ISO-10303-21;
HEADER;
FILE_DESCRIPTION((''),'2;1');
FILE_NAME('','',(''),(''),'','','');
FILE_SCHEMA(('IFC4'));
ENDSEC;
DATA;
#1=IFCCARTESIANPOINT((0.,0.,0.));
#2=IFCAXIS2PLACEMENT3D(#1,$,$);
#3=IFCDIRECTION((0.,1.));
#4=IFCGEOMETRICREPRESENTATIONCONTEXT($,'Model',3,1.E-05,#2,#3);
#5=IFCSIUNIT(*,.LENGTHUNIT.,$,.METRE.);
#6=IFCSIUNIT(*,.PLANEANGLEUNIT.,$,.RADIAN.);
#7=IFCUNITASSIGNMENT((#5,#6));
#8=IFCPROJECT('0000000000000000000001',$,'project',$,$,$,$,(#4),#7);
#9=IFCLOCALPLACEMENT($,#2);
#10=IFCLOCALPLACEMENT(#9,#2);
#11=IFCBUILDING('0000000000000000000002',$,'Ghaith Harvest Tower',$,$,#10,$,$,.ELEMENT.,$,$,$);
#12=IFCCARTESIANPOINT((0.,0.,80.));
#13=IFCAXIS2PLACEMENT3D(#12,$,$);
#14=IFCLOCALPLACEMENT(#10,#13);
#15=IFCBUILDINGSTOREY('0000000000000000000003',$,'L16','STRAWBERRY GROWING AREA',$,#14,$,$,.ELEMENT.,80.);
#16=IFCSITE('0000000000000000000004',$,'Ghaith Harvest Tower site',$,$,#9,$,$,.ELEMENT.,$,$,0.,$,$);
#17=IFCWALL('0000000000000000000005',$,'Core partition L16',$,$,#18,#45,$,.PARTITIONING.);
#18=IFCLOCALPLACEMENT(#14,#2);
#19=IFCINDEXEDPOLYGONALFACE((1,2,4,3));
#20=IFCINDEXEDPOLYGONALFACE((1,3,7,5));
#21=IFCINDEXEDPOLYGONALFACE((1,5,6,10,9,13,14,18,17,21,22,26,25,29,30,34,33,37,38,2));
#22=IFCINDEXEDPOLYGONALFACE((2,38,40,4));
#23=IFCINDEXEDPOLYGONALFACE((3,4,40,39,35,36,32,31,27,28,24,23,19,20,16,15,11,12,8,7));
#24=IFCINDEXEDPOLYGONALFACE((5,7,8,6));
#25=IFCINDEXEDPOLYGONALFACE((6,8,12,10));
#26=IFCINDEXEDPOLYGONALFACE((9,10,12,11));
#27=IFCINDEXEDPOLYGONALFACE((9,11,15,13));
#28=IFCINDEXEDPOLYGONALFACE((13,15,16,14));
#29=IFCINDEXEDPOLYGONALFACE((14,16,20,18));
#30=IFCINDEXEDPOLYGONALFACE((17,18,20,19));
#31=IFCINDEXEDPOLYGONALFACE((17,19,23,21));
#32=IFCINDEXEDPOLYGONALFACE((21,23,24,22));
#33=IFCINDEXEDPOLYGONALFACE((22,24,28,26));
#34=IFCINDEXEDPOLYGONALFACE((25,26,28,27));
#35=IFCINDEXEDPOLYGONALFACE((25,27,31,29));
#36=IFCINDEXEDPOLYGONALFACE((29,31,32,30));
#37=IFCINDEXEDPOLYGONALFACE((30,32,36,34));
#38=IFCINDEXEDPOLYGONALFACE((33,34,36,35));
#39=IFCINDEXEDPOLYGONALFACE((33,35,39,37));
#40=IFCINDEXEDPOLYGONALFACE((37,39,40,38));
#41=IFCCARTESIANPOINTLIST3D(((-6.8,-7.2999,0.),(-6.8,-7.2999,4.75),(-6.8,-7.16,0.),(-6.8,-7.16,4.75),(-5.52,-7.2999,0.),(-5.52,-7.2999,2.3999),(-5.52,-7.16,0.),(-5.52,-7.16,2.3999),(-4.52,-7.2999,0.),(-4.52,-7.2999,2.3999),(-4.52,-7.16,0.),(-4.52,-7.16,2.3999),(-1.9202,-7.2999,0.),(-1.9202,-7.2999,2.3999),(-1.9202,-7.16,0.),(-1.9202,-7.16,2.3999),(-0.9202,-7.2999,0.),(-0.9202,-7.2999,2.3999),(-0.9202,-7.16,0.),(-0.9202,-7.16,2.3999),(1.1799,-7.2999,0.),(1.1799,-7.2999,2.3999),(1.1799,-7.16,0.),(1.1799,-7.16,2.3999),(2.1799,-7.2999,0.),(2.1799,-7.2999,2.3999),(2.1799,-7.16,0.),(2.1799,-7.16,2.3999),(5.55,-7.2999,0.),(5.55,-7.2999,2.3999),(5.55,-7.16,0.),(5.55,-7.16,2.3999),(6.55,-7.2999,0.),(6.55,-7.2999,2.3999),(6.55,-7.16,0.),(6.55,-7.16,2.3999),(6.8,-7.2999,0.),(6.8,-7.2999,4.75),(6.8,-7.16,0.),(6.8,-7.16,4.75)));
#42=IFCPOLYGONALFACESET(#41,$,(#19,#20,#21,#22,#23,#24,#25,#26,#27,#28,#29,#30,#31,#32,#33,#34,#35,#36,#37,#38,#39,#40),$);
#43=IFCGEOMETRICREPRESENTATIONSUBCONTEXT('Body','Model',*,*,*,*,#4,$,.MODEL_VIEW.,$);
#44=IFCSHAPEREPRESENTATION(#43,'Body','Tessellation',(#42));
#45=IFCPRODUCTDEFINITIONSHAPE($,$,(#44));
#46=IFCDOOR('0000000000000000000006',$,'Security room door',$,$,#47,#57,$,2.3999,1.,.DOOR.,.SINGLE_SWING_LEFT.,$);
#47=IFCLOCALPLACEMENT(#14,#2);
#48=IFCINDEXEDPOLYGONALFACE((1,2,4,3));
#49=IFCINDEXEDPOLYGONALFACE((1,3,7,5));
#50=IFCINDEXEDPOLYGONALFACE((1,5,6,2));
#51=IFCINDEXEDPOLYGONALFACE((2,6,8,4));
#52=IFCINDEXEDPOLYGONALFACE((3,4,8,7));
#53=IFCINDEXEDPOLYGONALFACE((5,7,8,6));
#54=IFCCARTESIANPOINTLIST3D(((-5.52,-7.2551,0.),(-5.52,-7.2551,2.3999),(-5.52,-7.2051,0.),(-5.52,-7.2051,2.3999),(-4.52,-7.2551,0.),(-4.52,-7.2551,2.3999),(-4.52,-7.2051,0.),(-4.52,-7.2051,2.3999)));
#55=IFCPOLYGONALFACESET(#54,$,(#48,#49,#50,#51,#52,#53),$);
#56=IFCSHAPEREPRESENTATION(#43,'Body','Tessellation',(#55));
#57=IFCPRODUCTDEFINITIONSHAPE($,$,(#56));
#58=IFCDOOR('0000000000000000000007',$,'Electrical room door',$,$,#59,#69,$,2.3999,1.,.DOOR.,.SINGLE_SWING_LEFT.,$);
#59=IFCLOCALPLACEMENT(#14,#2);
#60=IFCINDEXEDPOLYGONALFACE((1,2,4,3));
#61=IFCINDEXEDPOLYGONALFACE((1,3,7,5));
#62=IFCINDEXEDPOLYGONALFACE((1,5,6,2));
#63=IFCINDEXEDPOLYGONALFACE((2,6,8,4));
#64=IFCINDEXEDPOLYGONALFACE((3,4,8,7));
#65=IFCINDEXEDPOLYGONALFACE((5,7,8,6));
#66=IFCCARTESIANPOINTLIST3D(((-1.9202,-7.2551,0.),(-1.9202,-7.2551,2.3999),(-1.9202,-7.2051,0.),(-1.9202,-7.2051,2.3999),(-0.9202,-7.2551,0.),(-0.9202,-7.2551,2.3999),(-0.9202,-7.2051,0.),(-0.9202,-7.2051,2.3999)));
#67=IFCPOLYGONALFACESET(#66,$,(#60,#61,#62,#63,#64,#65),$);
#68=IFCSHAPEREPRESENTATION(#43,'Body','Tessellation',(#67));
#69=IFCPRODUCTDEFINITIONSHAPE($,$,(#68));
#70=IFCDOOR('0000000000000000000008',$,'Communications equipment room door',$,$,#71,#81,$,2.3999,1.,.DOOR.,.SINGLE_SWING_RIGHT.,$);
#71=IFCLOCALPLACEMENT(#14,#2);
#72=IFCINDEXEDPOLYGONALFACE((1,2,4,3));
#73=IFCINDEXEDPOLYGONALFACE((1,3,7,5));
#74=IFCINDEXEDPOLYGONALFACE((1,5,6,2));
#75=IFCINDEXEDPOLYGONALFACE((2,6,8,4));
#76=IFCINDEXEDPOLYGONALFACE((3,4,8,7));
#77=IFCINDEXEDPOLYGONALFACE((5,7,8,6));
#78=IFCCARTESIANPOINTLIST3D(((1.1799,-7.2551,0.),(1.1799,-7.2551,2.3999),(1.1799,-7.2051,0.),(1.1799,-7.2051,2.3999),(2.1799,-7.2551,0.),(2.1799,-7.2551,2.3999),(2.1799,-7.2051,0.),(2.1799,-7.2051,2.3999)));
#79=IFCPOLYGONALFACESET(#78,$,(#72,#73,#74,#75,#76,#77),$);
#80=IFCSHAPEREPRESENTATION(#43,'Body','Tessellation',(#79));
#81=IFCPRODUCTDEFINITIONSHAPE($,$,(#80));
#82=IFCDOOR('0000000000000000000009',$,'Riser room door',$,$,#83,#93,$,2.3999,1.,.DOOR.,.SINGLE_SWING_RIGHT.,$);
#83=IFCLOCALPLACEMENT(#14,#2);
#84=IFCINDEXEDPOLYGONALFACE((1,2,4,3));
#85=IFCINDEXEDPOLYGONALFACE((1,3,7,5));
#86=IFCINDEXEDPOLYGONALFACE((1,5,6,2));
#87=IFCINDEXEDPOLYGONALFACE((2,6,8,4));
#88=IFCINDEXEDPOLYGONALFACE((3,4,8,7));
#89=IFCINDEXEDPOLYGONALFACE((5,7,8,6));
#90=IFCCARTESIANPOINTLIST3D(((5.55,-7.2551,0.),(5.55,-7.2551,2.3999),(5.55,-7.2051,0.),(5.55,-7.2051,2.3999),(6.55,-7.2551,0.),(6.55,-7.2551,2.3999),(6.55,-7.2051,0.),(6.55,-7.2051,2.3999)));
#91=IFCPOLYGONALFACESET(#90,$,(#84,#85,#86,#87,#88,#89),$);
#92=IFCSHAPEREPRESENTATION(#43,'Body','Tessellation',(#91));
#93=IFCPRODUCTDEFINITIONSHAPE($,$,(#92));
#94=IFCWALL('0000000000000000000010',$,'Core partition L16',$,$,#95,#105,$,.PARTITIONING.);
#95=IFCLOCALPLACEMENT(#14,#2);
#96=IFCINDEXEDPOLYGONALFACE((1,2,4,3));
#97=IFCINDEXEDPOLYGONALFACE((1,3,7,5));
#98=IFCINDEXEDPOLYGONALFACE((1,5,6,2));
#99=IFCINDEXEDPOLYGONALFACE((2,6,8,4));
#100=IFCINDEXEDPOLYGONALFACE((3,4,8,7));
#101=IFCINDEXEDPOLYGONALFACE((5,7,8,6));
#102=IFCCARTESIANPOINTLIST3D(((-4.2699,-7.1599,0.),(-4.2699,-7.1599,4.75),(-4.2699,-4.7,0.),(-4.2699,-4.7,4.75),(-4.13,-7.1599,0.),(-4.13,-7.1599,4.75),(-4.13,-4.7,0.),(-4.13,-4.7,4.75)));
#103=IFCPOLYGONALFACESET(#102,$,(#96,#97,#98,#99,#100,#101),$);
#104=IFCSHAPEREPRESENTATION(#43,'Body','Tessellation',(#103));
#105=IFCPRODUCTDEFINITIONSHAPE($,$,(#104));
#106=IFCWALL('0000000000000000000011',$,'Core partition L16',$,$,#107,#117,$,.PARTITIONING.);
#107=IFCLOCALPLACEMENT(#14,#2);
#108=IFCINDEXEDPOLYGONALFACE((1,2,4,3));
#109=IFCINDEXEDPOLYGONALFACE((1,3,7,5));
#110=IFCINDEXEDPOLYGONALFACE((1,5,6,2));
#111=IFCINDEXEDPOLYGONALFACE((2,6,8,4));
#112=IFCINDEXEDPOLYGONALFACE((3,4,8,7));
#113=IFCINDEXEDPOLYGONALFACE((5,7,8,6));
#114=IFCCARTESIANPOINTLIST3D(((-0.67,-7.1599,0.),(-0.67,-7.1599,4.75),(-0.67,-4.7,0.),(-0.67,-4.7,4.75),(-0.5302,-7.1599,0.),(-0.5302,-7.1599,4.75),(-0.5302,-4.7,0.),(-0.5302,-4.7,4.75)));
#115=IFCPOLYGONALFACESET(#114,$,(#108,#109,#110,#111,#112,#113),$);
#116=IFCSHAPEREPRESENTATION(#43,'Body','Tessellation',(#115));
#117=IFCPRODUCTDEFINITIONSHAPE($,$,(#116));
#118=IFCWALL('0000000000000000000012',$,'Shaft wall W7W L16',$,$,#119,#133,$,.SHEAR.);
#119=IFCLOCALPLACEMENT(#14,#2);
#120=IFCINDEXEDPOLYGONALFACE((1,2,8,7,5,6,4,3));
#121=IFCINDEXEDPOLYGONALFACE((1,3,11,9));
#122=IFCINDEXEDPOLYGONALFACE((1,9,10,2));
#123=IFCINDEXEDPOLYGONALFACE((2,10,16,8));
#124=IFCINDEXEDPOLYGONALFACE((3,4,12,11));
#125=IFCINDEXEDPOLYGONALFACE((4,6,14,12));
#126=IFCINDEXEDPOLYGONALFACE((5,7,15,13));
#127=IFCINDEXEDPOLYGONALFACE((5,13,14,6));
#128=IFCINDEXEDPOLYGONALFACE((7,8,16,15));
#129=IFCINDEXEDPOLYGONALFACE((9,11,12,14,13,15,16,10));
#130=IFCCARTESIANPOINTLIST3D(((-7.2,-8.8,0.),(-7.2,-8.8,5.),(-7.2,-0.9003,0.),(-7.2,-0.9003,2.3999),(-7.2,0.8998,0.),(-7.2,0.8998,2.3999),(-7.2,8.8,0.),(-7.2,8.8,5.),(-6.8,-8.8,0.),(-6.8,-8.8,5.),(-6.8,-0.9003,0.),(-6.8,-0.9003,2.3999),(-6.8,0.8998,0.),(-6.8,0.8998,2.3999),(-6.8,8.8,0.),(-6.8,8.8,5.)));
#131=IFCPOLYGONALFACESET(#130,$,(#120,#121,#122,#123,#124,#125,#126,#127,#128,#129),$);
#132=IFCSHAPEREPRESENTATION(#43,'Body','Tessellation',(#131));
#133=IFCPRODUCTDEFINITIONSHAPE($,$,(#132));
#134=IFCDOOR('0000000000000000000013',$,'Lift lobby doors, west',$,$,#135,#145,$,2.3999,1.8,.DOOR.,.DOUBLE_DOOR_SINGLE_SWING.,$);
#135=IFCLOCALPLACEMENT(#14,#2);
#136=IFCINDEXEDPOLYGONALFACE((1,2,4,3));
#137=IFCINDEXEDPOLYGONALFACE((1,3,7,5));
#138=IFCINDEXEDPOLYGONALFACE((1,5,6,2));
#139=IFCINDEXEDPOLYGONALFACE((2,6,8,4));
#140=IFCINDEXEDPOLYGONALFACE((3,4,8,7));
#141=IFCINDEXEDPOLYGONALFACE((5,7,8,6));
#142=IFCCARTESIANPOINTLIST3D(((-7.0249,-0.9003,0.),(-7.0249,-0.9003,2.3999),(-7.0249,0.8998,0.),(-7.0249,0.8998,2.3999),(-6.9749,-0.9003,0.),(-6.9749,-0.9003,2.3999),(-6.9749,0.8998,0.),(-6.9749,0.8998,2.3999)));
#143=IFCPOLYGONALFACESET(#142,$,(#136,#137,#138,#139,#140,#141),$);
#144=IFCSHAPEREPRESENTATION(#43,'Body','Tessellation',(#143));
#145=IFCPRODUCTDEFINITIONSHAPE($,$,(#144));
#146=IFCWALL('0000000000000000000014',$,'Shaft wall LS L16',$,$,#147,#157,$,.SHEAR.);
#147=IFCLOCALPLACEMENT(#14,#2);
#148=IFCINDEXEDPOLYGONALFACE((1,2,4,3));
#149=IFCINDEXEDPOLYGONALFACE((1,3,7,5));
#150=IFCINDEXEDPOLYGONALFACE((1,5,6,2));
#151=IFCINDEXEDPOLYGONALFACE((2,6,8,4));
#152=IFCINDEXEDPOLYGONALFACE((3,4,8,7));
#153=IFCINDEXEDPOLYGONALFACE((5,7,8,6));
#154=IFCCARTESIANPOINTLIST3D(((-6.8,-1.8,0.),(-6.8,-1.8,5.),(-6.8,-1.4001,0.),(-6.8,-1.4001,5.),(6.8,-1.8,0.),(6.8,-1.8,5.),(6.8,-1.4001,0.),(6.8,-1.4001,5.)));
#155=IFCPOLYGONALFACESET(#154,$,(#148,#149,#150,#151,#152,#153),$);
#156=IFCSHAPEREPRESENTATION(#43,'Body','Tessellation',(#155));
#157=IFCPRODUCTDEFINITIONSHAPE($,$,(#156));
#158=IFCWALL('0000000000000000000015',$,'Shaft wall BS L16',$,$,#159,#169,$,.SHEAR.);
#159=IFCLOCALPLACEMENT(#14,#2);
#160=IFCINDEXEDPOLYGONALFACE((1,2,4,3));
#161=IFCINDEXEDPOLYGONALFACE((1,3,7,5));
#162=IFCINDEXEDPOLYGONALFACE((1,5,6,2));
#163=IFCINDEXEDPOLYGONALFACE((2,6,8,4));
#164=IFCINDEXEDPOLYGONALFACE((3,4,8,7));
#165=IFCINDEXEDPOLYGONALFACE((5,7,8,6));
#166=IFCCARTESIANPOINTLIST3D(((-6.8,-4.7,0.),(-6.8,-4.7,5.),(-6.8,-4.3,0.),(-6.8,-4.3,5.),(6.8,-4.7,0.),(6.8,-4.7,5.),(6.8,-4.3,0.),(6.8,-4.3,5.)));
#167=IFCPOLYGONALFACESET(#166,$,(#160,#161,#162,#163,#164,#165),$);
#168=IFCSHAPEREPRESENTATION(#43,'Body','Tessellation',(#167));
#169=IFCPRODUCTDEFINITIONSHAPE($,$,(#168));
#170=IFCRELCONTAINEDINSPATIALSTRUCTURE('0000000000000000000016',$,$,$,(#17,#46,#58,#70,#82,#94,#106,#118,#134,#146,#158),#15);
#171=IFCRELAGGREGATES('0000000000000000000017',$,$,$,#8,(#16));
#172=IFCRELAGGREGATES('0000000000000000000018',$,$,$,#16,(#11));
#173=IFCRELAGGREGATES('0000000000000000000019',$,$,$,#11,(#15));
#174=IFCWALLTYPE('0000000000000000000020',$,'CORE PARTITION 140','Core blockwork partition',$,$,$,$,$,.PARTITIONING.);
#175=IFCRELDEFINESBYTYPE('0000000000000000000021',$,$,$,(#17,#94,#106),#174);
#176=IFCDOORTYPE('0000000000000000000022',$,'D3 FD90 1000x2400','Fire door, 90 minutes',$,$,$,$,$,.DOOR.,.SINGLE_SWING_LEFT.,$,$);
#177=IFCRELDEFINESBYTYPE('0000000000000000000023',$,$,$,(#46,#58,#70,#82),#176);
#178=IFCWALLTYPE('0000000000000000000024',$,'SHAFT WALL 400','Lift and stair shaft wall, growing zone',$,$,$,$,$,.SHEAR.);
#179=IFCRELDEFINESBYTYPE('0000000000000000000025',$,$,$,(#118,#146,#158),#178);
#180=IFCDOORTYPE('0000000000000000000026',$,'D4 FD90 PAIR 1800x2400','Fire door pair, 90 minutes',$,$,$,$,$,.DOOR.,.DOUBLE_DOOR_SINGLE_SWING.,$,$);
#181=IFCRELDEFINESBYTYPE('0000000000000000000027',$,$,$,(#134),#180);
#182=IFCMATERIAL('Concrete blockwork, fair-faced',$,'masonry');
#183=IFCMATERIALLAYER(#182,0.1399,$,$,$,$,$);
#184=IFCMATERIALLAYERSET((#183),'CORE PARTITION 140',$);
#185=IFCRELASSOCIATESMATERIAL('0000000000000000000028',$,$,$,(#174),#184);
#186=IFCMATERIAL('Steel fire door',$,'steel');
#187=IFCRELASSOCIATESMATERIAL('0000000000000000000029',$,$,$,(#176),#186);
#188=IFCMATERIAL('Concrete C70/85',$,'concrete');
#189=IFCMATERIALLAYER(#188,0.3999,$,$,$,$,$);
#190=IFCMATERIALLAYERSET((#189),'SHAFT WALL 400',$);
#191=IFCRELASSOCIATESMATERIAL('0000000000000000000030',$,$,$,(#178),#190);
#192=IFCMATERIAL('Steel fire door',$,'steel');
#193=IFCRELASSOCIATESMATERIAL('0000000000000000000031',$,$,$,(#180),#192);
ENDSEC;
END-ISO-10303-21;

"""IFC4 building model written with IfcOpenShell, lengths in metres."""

from ifc_helpers import new_model, si_unit, direction, frame, frame_2d, origin, place, context, subcontext, project, spatial, rectangle, extrude, material, layer, layer_set, type_object, element, fill, save


model = new_model("IFC4")

# Units and contexts
model_context = context("Model", 3, precision=1e-05, world=origin(), true_north=direction((0.0, 1.0)))
body_context = subcontext(model_context, "Body", "Model", "MODEL_VIEW")
ifc_project = project(units=[si_unit("LENGTHUNIT", "METRE"), si_unit("PLANEANGLEUNIT", "RADIAN")], contexts=[model_context])

# Site, building, storey
site_placement = place(None, origin())
site = spatial("IfcSite", under=ifc_project, at=site_placement, Name="Ghaith Harvest Tower site", CompositionType="ELEMENT", RefElevation=0.0)
building_placement = place(site_placement, origin())
building = spatial("IfcBuilding", under=site, at=building_placement, Name="Ghaith Harvest Tower", CompositionType="ELEMENT")
storey_placement = place(building_placement, frame((0.0, 0.0, 80.0)))
storey = spatial("IfcBuildingStorey", under=building, at=storey_placement, Name="L16", Description="STRAWBERRY GROWING AREA", CompositionType="ELEMENT", Elevation=80.0)

# Wall, openings, doors
ifc_material_1 = material(Name="Concrete blockwork, fair-faced", Category="masonry")
ifc_layer_1 = layer(ifc_material_1, 0.1399)
ifc_layer_set_1 = layer_set([ifc_layer_1], Name="CORE PARTITION 140")
wall_type_1 = type_object("IfcWallType", Name="CORE PARTITION 140", Description="Core blockwork partition", PredefinedType="PARTITIONING", material=ifc_layer_set_1)
wall_1_placement = place(storey_placement, frame((-6.8, -7.23, 0.0), z_axis=(0.0, 0.0, 1.0), x_axis=(1.0, 0.0, 0.0)))
wall_1 = element("IfcWall", 1, at=wall_1_placement, inside=storey, type_object=wall_type_1, Name="Core partition L16", PredefinedType="PARTITIONING", context=body_context, shape_type="SweptSolid", body=[
    extrude(rectangle(XDim=13.6001, YDim=0.1399, at=frame_2d((6.8, 0.0))), origin(), (0.0, 0.0, 1.0), 4.75),
])
opening_1_placement = place(wall_1_placement, frame((1.28, 0.0, 0.0)))
opening_1 = element("IfcOpeningElement", 2, at=opening_1_placement, cuts=wall_1, PredefinedType="OPENING", context=body_context, shape_type="SweptSolid", body=[
    extrude(rectangle(XDim=1.0, YDim=2.3999, at=frame_2d((0.5, 1.2))), frame((0.0, 0.0801, 0.0), z_axis=(0.0, -1.0, 0.0), x_axis=(1.0, 0.0, 0.0)), (0.0, 0.0, 1.0), 0.1599),
])
opening_2_placement = place(wall_1_placement, frame((4.8799, 0.0, 0.0)))
opening_2 = element("IfcOpeningElement", 3, at=opening_2_placement, cuts=wall_1, PredefinedType="OPENING", context=body_context, shape_type="SweptSolid", body=[
    extrude(rectangle(XDim=1.0, YDim=2.3999, at=frame_2d((0.5, 1.2))), frame((0.0, 0.0801, 0.0), z_axis=(0.0, -1.0, 0.0), x_axis=(1.0, 0.0, 0.0)), (0.0, 0.0, 1.0), 0.1599),
])
opening_3_placement = place(wall_1_placement, frame((7.98, 0.0, 0.0)))
opening_3 = element("IfcOpeningElement", 4, at=opening_3_placement, cuts=wall_1, PredefinedType="OPENING", context=body_context, shape_type="SweptSolid", body=[
    extrude(rectangle(XDim=1.0, YDim=2.3999, at=frame_2d((0.5, 1.2))), frame((0.0, 0.0801, 0.0), z_axis=(0.0, -1.0, 0.0), x_axis=(1.0, 0.0, 0.0)), (0.0, 0.0, 1.0), 0.1599),
])
opening_4_placement = place(wall_1_placement, frame((12.3501, 0.0, 0.0)))
opening_4 = element("IfcOpeningElement", 5, at=opening_4_placement, cuts=wall_1, PredefinedType="OPENING", context=body_context, shape_type="SweptSolid", body=[
    extrude(rectangle(XDim=1.0, YDim=2.3999, at=frame_2d((0.5, 1.2))), frame((0.0, 0.0801, 0.0), z_axis=(0.0, -1.0, 0.0), x_axis=(1.0, 0.0, 0.0)), (0.0, 0.0, 1.0), 0.1599),
])
ifc_material_2 = material(Name="Steel fire door", Category="steel")
door_type_1 = type_object("IfcDoorType", Name="D3 FD90 1000x2400", Description="Fire door, 90 minutes", OperationType="SINGLE_SWING_LEFT", PredefinedType="DOOR", material=ifc_material_2)
door_1_placement = place(opening_1_placement, origin())
door_1 = element("IfcDoor", 6, at=door_1_placement, inside=storey, type_object=door_type_1, Name="Security room door", OperationType="SINGLE_SWING_LEFT", OverallHeight=2.3999, OverallWidth=1.0, PredefinedType="DOOR", context=body_context, shape_type="SweptSolid", body=[
    extrude(rectangle(XDim=1.0, YDim=2.3999, at=frame_2d((0.5, 1.2))), frame((0.0, 0.0249, 0.0), z_axis=(0.0, -1.0, 0.0), x_axis=(1.0, 0.0, 0.0)), (0.0, 0.0, 1.0), 0.05),
])
fill(opening_1, door_1)
door_2_placement = place(opening_2_placement, origin())
door_2 = element("IfcDoor", 7, at=door_2_placement, inside=storey, type_object=door_type_1, Name="Electrical room door", OperationType="SINGLE_SWING_LEFT", OverallHeight=2.3999, OverallWidth=1.0, PredefinedType="DOOR", context=body_context, shape_type="SweptSolid", body=[
    extrude(rectangle(XDim=1.0, YDim=2.3999, at=frame_2d((0.5, 1.2))), frame((0.0, 0.0249, 0.0), z_axis=(0.0, -1.0, 0.0), x_axis=(1.0, 0.0, 0.0)), (0.0, 0.0, 1.0), 0.05),
])
fill(opening_2, door_2)
door_3_placement = place(opening_3_placement, origin())
door_3 = element("IfcDoor", 8, at=door_3_placement, inside=storey, type_object=door_type_1, Name="Communications equipment room door", OperationType="SINGLE_SWING_RIGHT", OverallHeight=2.3999, OverallWidth=1.0, PredefinedType="DOOR", context=body_context, shape_type="SweptSolid", body=[
    extrude(rectangle(XDim=1.0, YDim=2.3999, at=frame_2d((0.5, 1.2))), frame((0.0, 0.0249, 0.0), z_axis=(0.0, -1.0, 0.0), x_axis=(1.0, 0.0, 0.0)), (0.0, 0.0, 1.0), 0.05),
])
fill(opening_3, door_3)
door_4_placement = place(opening_4_placement, origin())
door_4 = element("IfcDoor", 9, at=door_4_placement, inside=storey, type_object=door_type_1, Name="Riser room door", OperationType="SINGLE_SWING_RIGHT", OverallHeight=2.3999, OverallWidth=1.0, PredefinedType="DOOR", context=body_context, shape_type="SweptSolid", body=[
    extrude(rectangle(XDim=1.0, YDim=2.3999, at=frame_2d((0.5, 1.2))), frame((0.0, 0.0249, 0.0), z_axis=(0.0, -1.0, 0.0), x_axis=(1.0, 0.0, 0.0)), (0.0, 0.0, 1.0), 0.05),
])
fill(opening_4, door_4)

# Walls
for number, where, z_axis, x_axis, name in (
    (10, (-4.2, -4.7, 0.0), (0.0, 0.0, 1.0), (0.0, -1.0, 0.0), "Core partition L16"),
    (11, (-0.6001, -4.7, 0.0), (0.0, 0.0, 1.0), (0.0, -1.0, 0.0), "Core partition L16"),
):
    element("IfcWall", number, at=place(storey_placement, frame(where, z_axis=z_axis, x_axis=x_axis)), inside=storey, type_object=wall_type_1, Name=name, PredefinedType="PARTITIONING", context=body_context, shape_type="SweptSolid", body=[
        extrude(rectangle(XDim=2.46, YDim=0.1399, at=frame_2d((1.23, 0.0))), origin(), (0.0, 0.0, 1.0), 4.75),
    ])

# Wall, opening, door
ifc_material_3 = material(Name="Concrete C70/85", Category="concrete")
ifc_layer_2 = layer(ifc_material_3, 0.3999)
ifc_layer_set_2 = layer_set([ifc_layer_2], Name="SHAFT WALL 400")
wall_type_2 = type_object("IfcWallType", Name="SHAFT WALL 400", Description="Lift and stair shaft wall, growing zone", PredefinedType="SHEAR", material=ifc_layer_set_2)
wall_2_placement = place(storey_placement, frame((-7.0, -8.8, 0.0), z_axis=(0.0, 0.0, 1.0), x_axis=(0.0, 1.0, 0.0)))
wall_2 = element("IfcWall", 12, at=wall_2_placement, inside=storey, type_object=wall_type_2, Name="Shaft wall W7W L16", PredefinedType="SHEAR", context=body_context, shape_type="SweptSolid", body=[
    extrude(rectangle(XDim=17.6001, YDim=0.3999, at=frame_2d((8.8, 0.0))), origin(), (0.0, 0.0, 1.0), 5.0),
])
opening_5_placement = place(wall_2_placement, frame((7.8999, 0.0, 0.0)))
opening_5 = element("IfcOpeningElement", 13, at=opening_5_placement, cuts=wall_2, PredefinedType="OPENING", context=body_context, shape_type="SweptSolid", body=[
    extrude(rectangle(XDim=1.8, YDim=2.3999, at=frame_2d((0.8999, 1.2))), frame((0.0, 0.21, 0.0), z_axis=(0.0, -1.0, 0.0), x_axis=(1.0, 0.0, 0.0)), (0.0, 0.0, 1.0), 0.4199),
])
ifc_material_4 = material(Name="Steel fire door", Category="steel")
door_type_2 = type_object("IfcDoorType", Name="D4 FD90 PAIR 1800x2400", Description="Fire door pair, 90 minutes", OperationType="DOUBLE_DOOR_SINGLE_SWING", PredefinedType="DOOR", material=ifc_material_4)
door_5_placement = place(opening_5_placement, origin())
door_5 = element("IfcDoor", 14, at=door_5_placement, inside=storey, type_object=door_type_2, Name="Lift lobby doors, west", OperationType="DOUBLE_DOOR_SINGLE_SWING", OverallHeight=2.3999, OverallWidth=1.8, PredefinedType="DOOR", context=body_context, shape_type="SweptSolid", body=[
    extrude(rectangle(XDim=1.8, YDim=2.3999, at=frame_2d((0.8999, 1.2))), frame((0.0, 0.0249, 0.0), z_axis=(0.0, -1.0, 0.0), x_axis=(1.0, 0.0, 0.0)), (0.0, 0.0, 1.0), 0.05),
])
fill(opening_5, door_5)

# Walls
for number, where, z_axis, x_axis, name in (
    (15, (-6.8, -1.6001, 0.0), (0.0, 0.0, 1.0), (1.0, 0.0, 0.0), "Shaft wall LS L16"),
    (16, (-6.8, -4.5, 0.0), (0.0, 0.0, 1.0), (1.0, 0.0, 0.0), "Shaft wall BS L16"),
):
    element("IfcWall", number, at=place(storey_placement, frame(where, z_axis=z_axis, x_axis=x_axis)), inside=storey, type_object=wall_type_2, Name=name, PredefinedType="SHEAR", context=body_context, shape_type="SweptSolid", body=[
        extrude(rectangle(XDim=13.6001, YDim=0.3999, at=frame_2d((6.8, 0.0))), origin(), (0.0, 0.0, 1.0), 5.0),
    ])

save(model, "model.ifc")
